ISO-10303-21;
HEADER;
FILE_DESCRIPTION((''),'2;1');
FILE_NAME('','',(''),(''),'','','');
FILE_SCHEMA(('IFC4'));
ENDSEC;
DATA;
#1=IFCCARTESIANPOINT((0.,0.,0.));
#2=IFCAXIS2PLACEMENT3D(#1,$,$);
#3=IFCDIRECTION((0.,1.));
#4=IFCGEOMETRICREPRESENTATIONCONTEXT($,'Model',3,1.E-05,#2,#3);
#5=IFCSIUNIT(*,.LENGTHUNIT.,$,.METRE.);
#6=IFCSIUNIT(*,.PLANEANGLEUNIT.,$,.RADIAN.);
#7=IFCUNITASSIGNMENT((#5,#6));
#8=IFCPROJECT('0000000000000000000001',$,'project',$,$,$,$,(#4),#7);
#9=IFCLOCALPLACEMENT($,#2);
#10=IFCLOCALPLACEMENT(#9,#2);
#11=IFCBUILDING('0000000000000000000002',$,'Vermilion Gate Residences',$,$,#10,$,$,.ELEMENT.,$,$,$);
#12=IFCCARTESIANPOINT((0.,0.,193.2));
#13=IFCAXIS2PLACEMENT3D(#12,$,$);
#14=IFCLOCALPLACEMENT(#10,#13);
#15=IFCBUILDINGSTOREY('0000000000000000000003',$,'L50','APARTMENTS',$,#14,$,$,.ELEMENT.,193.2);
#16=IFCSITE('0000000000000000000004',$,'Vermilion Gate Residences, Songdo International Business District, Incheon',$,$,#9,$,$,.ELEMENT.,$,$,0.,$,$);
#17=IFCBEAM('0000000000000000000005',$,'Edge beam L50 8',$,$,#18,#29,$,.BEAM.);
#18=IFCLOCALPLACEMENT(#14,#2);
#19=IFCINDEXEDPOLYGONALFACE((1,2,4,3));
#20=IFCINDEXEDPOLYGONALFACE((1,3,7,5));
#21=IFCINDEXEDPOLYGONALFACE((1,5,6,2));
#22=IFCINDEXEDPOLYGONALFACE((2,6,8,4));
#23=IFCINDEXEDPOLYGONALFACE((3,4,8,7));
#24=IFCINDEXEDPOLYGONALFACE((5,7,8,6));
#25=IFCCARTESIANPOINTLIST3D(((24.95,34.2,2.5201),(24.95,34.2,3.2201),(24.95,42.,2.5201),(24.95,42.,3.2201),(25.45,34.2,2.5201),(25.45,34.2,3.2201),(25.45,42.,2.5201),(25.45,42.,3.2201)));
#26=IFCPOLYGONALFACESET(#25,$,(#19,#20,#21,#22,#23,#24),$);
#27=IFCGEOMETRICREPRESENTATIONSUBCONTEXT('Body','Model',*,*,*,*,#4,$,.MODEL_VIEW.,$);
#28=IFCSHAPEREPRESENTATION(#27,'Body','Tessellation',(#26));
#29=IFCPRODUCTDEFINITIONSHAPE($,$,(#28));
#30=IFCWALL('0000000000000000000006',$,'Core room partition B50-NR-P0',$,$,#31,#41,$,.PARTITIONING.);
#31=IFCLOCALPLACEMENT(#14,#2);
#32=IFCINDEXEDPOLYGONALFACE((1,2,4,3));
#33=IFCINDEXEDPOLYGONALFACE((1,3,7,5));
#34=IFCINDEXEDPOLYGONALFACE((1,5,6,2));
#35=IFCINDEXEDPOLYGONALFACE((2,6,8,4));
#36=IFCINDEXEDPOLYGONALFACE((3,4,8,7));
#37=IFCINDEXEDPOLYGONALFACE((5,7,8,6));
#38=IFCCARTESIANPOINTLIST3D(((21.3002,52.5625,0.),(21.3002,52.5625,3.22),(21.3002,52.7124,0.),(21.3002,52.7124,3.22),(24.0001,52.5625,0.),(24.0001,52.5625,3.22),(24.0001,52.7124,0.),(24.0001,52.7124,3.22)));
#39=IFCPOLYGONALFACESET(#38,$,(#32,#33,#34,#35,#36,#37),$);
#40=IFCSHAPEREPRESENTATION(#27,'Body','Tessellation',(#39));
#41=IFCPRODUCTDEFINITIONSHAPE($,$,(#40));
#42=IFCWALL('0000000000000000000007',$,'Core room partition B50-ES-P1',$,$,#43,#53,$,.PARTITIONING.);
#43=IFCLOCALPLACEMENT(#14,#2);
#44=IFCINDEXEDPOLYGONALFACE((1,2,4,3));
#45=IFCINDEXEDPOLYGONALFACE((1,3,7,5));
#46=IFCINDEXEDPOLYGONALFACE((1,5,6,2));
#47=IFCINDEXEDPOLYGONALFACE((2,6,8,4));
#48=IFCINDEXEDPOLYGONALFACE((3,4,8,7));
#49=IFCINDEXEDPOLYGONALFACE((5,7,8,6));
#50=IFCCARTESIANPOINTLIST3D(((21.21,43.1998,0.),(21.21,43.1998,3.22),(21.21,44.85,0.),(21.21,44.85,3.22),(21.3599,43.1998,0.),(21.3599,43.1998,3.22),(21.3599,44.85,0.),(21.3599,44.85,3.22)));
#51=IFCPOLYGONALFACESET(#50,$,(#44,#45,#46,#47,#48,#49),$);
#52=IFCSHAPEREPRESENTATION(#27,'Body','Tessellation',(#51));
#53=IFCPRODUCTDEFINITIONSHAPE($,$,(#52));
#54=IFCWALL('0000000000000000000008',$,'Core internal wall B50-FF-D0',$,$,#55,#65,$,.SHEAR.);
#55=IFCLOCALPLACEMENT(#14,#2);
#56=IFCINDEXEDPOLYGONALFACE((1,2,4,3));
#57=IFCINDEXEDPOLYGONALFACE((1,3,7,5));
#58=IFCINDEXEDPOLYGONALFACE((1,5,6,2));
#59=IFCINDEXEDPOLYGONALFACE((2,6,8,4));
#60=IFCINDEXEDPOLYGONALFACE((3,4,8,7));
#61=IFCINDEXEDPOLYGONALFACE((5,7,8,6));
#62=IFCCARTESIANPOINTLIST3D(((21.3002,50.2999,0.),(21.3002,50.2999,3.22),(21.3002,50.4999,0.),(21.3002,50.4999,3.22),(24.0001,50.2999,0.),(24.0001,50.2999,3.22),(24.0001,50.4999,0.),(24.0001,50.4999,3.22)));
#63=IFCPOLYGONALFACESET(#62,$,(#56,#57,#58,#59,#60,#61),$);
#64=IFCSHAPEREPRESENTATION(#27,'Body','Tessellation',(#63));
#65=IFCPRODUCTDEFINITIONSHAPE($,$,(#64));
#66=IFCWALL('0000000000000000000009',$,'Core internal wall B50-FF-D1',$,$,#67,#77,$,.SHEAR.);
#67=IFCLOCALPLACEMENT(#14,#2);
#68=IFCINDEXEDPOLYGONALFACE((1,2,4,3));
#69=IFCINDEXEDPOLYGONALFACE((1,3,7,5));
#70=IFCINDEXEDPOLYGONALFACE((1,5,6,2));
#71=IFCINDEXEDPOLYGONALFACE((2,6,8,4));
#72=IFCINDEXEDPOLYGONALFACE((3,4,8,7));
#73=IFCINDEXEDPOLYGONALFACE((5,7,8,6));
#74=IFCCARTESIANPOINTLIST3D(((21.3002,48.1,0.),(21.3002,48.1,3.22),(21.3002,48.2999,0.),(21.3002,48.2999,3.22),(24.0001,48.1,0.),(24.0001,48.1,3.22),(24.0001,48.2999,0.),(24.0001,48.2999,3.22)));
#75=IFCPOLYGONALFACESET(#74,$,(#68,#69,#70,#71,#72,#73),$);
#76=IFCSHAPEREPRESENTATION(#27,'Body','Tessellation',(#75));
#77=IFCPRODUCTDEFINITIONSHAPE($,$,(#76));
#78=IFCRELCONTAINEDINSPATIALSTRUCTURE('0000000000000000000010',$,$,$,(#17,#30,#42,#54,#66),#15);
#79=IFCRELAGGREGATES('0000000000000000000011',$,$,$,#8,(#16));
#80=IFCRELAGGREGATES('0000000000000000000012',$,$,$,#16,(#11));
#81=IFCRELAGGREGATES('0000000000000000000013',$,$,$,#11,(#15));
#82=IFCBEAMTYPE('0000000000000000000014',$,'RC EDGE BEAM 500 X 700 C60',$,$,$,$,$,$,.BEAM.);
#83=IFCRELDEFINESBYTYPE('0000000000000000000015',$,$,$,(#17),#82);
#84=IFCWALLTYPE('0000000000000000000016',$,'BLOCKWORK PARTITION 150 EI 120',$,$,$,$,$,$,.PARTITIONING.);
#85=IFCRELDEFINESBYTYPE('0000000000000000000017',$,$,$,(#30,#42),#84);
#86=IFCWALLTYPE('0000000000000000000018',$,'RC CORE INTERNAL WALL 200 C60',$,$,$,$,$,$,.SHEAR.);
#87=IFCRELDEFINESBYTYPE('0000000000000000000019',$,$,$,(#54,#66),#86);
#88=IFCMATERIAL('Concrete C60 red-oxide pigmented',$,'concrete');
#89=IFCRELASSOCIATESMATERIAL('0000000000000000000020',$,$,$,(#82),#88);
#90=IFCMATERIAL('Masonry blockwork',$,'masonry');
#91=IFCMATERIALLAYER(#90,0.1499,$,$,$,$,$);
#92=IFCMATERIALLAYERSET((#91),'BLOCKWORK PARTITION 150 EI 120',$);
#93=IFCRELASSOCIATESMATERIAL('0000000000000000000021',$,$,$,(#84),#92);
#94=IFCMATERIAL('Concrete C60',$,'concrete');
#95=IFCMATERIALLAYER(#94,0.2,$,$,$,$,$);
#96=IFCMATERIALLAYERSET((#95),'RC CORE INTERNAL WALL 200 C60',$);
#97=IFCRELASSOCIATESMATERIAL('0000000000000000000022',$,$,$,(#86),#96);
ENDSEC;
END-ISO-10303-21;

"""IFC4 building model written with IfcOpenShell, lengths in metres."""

from ifc_helpers import new_model, si_unit, direction, frame, frame_2d, origin, origin_2d, place, context, subcontext, project, spatial, rectangle, extrude, material, layer, layer_set, material_profile, profile_set, type_object, element, save


model = new_model("IFC4")

# Units and contexts
model_context = context("Model", 3, precision=1e-05, world=origin(), true_north=direction((0.0, 1.0)))
body_context = subcontext(model_context, "Body", "Model", "MODEL_VIEW")
ifc_project = project(units=[si_unit("LENGTHUNIT", "METRE"), si_unit("PLANEANGLEUNIT", "RADIAN")], contexts=[model_context])

# Site, building, storey
site_placement = place(None, origin())
site = spatial("IfcSite", under=ifc_project, at=site_placement, Name="Vermilion Gate Residences, Songdo International Business District, Incheon", CompositionType="ELEMENT", RefElevation=0.0)
building_placement = place(site_placement, origin())
building = spatial("IfcBuilding", under=site, at=building_placement, Name="Vermilion Gate Residences", CompositionType="ELEMENT")
storey_placement = place(building_placement, frame((0.0, 0.0, 193.2)))
storey = spatial("IfcBuildingStorey", under=building, at=storey_placement, Name="L50", Description="APARTMENTS", CompositionType="ELEMENT", Elevation=193.2)

# Beam
ifc_material_1 = material(Name="Concrete C60 red-oxide pigmented", Category="concrete")
ifc_material_profile_1 = material_profile(ifc_material_1, rectangle(XDim=0.5, YDim=0.7, at=origin_2d()), Name="RC-500x700")
ifc_profile_set_1 = profile_set([ifc_material_profile_1], Name="Concrete C60 red-oxide pigmented")
beam_type = type_object("IfcBeamType", Name="RC EDGE BEAM 500 X 700 C60", PredefinedType="BEAM", material=ifc_profile_set_1)
beam_placement = place(storey_placement, frame((25.2, 34.2, 2.8701), z_axis=(0.0, 1.0, 0.0), x_axis=(-1.0, 0.0, 0.0)))
element("IfcBeam", 1, at=beam_placement, inside=storey, type_object=beam_type, Name="Edge beam L50 8", PredefinedType="BEAM", context=body_context, shape_type="SweptSolid", body=[
    extrude(rectangle(XDim=0.5, YDim=0.7, at=origin_2d()), origin(), (0.0, 0.0, 1.0), 7.8),
])

# Walls
ifc_material_2 = material(Name="Masonry blockwork", Category="masonry")
ifc_layer_1 = layer(ifc_material_2, 0.1499)
ifc_layer_set_1 = layer_set([ifc_layer_1], Name="BLOCKWORK PARTITION 150 EI 120")
wall_type_1 = type_object("IfcWallType", Name="BLOCKWORK PARTITION 150 EI 120", PredefinedType="PARTITIONING", material=ifc_layer_set_1)
wall_1_placement = place(storey_placement, frame((21.3, 52.6375, 0.0), z_axis=(0.0, 0.0, 1.0), x_axis=(1.0, 0.0, 0.0)))
element("IfcWall", 2, at=wall_1_placement, inside=storey, type_object=wall_type_1, Name="Core room partition B50-NR-P0", PredefinedType="PARTITIONING", context=body_context, shape_type="SweptSolid", body=[
    extrude(rectangle(XDim=2.7, YDim=0.1499, at=frame_2d((1.3501, 0.0))), origin(), (0.0, 0.0, 1.0), 3.22),
])
wall_2_placement = place(storey_placement, frame((21.2849, 44.8501, 0.0), z_axis=(0.0, 0.0, 1.0), x_axis=(0.0, -1.0, 0.0)))
element("IfcWall", 3, at=wall_2_placement, inside=storey, type_object=wall_type_1, Name="Core room partition B50-ES-P1", PredefinedType="PARTITIONING", context=body_context, shape_type="SweptSolid", body=[
    extrude(rectangle(XDim=1.6501, YDim=0.1499, at=frame_2d((0.8252, 0.0))), origin(), (0.0, 0.0, 1.0), 3.22),
])
ifc_material_3 = material(Name="Concrete C60", Category="concrete")
ifc_layer_2 = layer(ifc_material_3, 0.2)
ifc_layer_set_2 = layer_set([ifc_layer_2], Name="RC CORE INTERNAL WALL 200 C60")
wall_type_2 = type_object("IfcWallType", Name="RC CORE INTERNAL WALL 200 C60", PredefinedType="SHEAR", material=ifc_layer_set_2)
for number, where, z_axis, x_axis, name in (
    (4, (21.3, 50.3999, 0.0), (0.0, 0.0, 1.0), (1.0, 0.0, 0.0), "Core internal wall B50-FF-D0"),
    (5, (21.3, 48.2, 0.0), (0.0, 0.0, 1.0), (1.0, 0.0, 0.0), "Core internal wall B50-FF-D1"),
):
    element("IfcWall", number, at=place(storey_placement, frame(where, z_axis=z_axis, x_axis=x_axis)), inside=storey, type_object=wall_type_2, Name=name, PredefinedType="SHEAR", context=body_context, shape_type="SweptSolid", body=[
        extrude(rectangle(XDim=2.7, YDim=0.2, at=frame_2d((1.3501, 0.0))), origin(), (0.0, 0.0, 1.0), 3.22),
    ])

save(model, "model.ifc")
